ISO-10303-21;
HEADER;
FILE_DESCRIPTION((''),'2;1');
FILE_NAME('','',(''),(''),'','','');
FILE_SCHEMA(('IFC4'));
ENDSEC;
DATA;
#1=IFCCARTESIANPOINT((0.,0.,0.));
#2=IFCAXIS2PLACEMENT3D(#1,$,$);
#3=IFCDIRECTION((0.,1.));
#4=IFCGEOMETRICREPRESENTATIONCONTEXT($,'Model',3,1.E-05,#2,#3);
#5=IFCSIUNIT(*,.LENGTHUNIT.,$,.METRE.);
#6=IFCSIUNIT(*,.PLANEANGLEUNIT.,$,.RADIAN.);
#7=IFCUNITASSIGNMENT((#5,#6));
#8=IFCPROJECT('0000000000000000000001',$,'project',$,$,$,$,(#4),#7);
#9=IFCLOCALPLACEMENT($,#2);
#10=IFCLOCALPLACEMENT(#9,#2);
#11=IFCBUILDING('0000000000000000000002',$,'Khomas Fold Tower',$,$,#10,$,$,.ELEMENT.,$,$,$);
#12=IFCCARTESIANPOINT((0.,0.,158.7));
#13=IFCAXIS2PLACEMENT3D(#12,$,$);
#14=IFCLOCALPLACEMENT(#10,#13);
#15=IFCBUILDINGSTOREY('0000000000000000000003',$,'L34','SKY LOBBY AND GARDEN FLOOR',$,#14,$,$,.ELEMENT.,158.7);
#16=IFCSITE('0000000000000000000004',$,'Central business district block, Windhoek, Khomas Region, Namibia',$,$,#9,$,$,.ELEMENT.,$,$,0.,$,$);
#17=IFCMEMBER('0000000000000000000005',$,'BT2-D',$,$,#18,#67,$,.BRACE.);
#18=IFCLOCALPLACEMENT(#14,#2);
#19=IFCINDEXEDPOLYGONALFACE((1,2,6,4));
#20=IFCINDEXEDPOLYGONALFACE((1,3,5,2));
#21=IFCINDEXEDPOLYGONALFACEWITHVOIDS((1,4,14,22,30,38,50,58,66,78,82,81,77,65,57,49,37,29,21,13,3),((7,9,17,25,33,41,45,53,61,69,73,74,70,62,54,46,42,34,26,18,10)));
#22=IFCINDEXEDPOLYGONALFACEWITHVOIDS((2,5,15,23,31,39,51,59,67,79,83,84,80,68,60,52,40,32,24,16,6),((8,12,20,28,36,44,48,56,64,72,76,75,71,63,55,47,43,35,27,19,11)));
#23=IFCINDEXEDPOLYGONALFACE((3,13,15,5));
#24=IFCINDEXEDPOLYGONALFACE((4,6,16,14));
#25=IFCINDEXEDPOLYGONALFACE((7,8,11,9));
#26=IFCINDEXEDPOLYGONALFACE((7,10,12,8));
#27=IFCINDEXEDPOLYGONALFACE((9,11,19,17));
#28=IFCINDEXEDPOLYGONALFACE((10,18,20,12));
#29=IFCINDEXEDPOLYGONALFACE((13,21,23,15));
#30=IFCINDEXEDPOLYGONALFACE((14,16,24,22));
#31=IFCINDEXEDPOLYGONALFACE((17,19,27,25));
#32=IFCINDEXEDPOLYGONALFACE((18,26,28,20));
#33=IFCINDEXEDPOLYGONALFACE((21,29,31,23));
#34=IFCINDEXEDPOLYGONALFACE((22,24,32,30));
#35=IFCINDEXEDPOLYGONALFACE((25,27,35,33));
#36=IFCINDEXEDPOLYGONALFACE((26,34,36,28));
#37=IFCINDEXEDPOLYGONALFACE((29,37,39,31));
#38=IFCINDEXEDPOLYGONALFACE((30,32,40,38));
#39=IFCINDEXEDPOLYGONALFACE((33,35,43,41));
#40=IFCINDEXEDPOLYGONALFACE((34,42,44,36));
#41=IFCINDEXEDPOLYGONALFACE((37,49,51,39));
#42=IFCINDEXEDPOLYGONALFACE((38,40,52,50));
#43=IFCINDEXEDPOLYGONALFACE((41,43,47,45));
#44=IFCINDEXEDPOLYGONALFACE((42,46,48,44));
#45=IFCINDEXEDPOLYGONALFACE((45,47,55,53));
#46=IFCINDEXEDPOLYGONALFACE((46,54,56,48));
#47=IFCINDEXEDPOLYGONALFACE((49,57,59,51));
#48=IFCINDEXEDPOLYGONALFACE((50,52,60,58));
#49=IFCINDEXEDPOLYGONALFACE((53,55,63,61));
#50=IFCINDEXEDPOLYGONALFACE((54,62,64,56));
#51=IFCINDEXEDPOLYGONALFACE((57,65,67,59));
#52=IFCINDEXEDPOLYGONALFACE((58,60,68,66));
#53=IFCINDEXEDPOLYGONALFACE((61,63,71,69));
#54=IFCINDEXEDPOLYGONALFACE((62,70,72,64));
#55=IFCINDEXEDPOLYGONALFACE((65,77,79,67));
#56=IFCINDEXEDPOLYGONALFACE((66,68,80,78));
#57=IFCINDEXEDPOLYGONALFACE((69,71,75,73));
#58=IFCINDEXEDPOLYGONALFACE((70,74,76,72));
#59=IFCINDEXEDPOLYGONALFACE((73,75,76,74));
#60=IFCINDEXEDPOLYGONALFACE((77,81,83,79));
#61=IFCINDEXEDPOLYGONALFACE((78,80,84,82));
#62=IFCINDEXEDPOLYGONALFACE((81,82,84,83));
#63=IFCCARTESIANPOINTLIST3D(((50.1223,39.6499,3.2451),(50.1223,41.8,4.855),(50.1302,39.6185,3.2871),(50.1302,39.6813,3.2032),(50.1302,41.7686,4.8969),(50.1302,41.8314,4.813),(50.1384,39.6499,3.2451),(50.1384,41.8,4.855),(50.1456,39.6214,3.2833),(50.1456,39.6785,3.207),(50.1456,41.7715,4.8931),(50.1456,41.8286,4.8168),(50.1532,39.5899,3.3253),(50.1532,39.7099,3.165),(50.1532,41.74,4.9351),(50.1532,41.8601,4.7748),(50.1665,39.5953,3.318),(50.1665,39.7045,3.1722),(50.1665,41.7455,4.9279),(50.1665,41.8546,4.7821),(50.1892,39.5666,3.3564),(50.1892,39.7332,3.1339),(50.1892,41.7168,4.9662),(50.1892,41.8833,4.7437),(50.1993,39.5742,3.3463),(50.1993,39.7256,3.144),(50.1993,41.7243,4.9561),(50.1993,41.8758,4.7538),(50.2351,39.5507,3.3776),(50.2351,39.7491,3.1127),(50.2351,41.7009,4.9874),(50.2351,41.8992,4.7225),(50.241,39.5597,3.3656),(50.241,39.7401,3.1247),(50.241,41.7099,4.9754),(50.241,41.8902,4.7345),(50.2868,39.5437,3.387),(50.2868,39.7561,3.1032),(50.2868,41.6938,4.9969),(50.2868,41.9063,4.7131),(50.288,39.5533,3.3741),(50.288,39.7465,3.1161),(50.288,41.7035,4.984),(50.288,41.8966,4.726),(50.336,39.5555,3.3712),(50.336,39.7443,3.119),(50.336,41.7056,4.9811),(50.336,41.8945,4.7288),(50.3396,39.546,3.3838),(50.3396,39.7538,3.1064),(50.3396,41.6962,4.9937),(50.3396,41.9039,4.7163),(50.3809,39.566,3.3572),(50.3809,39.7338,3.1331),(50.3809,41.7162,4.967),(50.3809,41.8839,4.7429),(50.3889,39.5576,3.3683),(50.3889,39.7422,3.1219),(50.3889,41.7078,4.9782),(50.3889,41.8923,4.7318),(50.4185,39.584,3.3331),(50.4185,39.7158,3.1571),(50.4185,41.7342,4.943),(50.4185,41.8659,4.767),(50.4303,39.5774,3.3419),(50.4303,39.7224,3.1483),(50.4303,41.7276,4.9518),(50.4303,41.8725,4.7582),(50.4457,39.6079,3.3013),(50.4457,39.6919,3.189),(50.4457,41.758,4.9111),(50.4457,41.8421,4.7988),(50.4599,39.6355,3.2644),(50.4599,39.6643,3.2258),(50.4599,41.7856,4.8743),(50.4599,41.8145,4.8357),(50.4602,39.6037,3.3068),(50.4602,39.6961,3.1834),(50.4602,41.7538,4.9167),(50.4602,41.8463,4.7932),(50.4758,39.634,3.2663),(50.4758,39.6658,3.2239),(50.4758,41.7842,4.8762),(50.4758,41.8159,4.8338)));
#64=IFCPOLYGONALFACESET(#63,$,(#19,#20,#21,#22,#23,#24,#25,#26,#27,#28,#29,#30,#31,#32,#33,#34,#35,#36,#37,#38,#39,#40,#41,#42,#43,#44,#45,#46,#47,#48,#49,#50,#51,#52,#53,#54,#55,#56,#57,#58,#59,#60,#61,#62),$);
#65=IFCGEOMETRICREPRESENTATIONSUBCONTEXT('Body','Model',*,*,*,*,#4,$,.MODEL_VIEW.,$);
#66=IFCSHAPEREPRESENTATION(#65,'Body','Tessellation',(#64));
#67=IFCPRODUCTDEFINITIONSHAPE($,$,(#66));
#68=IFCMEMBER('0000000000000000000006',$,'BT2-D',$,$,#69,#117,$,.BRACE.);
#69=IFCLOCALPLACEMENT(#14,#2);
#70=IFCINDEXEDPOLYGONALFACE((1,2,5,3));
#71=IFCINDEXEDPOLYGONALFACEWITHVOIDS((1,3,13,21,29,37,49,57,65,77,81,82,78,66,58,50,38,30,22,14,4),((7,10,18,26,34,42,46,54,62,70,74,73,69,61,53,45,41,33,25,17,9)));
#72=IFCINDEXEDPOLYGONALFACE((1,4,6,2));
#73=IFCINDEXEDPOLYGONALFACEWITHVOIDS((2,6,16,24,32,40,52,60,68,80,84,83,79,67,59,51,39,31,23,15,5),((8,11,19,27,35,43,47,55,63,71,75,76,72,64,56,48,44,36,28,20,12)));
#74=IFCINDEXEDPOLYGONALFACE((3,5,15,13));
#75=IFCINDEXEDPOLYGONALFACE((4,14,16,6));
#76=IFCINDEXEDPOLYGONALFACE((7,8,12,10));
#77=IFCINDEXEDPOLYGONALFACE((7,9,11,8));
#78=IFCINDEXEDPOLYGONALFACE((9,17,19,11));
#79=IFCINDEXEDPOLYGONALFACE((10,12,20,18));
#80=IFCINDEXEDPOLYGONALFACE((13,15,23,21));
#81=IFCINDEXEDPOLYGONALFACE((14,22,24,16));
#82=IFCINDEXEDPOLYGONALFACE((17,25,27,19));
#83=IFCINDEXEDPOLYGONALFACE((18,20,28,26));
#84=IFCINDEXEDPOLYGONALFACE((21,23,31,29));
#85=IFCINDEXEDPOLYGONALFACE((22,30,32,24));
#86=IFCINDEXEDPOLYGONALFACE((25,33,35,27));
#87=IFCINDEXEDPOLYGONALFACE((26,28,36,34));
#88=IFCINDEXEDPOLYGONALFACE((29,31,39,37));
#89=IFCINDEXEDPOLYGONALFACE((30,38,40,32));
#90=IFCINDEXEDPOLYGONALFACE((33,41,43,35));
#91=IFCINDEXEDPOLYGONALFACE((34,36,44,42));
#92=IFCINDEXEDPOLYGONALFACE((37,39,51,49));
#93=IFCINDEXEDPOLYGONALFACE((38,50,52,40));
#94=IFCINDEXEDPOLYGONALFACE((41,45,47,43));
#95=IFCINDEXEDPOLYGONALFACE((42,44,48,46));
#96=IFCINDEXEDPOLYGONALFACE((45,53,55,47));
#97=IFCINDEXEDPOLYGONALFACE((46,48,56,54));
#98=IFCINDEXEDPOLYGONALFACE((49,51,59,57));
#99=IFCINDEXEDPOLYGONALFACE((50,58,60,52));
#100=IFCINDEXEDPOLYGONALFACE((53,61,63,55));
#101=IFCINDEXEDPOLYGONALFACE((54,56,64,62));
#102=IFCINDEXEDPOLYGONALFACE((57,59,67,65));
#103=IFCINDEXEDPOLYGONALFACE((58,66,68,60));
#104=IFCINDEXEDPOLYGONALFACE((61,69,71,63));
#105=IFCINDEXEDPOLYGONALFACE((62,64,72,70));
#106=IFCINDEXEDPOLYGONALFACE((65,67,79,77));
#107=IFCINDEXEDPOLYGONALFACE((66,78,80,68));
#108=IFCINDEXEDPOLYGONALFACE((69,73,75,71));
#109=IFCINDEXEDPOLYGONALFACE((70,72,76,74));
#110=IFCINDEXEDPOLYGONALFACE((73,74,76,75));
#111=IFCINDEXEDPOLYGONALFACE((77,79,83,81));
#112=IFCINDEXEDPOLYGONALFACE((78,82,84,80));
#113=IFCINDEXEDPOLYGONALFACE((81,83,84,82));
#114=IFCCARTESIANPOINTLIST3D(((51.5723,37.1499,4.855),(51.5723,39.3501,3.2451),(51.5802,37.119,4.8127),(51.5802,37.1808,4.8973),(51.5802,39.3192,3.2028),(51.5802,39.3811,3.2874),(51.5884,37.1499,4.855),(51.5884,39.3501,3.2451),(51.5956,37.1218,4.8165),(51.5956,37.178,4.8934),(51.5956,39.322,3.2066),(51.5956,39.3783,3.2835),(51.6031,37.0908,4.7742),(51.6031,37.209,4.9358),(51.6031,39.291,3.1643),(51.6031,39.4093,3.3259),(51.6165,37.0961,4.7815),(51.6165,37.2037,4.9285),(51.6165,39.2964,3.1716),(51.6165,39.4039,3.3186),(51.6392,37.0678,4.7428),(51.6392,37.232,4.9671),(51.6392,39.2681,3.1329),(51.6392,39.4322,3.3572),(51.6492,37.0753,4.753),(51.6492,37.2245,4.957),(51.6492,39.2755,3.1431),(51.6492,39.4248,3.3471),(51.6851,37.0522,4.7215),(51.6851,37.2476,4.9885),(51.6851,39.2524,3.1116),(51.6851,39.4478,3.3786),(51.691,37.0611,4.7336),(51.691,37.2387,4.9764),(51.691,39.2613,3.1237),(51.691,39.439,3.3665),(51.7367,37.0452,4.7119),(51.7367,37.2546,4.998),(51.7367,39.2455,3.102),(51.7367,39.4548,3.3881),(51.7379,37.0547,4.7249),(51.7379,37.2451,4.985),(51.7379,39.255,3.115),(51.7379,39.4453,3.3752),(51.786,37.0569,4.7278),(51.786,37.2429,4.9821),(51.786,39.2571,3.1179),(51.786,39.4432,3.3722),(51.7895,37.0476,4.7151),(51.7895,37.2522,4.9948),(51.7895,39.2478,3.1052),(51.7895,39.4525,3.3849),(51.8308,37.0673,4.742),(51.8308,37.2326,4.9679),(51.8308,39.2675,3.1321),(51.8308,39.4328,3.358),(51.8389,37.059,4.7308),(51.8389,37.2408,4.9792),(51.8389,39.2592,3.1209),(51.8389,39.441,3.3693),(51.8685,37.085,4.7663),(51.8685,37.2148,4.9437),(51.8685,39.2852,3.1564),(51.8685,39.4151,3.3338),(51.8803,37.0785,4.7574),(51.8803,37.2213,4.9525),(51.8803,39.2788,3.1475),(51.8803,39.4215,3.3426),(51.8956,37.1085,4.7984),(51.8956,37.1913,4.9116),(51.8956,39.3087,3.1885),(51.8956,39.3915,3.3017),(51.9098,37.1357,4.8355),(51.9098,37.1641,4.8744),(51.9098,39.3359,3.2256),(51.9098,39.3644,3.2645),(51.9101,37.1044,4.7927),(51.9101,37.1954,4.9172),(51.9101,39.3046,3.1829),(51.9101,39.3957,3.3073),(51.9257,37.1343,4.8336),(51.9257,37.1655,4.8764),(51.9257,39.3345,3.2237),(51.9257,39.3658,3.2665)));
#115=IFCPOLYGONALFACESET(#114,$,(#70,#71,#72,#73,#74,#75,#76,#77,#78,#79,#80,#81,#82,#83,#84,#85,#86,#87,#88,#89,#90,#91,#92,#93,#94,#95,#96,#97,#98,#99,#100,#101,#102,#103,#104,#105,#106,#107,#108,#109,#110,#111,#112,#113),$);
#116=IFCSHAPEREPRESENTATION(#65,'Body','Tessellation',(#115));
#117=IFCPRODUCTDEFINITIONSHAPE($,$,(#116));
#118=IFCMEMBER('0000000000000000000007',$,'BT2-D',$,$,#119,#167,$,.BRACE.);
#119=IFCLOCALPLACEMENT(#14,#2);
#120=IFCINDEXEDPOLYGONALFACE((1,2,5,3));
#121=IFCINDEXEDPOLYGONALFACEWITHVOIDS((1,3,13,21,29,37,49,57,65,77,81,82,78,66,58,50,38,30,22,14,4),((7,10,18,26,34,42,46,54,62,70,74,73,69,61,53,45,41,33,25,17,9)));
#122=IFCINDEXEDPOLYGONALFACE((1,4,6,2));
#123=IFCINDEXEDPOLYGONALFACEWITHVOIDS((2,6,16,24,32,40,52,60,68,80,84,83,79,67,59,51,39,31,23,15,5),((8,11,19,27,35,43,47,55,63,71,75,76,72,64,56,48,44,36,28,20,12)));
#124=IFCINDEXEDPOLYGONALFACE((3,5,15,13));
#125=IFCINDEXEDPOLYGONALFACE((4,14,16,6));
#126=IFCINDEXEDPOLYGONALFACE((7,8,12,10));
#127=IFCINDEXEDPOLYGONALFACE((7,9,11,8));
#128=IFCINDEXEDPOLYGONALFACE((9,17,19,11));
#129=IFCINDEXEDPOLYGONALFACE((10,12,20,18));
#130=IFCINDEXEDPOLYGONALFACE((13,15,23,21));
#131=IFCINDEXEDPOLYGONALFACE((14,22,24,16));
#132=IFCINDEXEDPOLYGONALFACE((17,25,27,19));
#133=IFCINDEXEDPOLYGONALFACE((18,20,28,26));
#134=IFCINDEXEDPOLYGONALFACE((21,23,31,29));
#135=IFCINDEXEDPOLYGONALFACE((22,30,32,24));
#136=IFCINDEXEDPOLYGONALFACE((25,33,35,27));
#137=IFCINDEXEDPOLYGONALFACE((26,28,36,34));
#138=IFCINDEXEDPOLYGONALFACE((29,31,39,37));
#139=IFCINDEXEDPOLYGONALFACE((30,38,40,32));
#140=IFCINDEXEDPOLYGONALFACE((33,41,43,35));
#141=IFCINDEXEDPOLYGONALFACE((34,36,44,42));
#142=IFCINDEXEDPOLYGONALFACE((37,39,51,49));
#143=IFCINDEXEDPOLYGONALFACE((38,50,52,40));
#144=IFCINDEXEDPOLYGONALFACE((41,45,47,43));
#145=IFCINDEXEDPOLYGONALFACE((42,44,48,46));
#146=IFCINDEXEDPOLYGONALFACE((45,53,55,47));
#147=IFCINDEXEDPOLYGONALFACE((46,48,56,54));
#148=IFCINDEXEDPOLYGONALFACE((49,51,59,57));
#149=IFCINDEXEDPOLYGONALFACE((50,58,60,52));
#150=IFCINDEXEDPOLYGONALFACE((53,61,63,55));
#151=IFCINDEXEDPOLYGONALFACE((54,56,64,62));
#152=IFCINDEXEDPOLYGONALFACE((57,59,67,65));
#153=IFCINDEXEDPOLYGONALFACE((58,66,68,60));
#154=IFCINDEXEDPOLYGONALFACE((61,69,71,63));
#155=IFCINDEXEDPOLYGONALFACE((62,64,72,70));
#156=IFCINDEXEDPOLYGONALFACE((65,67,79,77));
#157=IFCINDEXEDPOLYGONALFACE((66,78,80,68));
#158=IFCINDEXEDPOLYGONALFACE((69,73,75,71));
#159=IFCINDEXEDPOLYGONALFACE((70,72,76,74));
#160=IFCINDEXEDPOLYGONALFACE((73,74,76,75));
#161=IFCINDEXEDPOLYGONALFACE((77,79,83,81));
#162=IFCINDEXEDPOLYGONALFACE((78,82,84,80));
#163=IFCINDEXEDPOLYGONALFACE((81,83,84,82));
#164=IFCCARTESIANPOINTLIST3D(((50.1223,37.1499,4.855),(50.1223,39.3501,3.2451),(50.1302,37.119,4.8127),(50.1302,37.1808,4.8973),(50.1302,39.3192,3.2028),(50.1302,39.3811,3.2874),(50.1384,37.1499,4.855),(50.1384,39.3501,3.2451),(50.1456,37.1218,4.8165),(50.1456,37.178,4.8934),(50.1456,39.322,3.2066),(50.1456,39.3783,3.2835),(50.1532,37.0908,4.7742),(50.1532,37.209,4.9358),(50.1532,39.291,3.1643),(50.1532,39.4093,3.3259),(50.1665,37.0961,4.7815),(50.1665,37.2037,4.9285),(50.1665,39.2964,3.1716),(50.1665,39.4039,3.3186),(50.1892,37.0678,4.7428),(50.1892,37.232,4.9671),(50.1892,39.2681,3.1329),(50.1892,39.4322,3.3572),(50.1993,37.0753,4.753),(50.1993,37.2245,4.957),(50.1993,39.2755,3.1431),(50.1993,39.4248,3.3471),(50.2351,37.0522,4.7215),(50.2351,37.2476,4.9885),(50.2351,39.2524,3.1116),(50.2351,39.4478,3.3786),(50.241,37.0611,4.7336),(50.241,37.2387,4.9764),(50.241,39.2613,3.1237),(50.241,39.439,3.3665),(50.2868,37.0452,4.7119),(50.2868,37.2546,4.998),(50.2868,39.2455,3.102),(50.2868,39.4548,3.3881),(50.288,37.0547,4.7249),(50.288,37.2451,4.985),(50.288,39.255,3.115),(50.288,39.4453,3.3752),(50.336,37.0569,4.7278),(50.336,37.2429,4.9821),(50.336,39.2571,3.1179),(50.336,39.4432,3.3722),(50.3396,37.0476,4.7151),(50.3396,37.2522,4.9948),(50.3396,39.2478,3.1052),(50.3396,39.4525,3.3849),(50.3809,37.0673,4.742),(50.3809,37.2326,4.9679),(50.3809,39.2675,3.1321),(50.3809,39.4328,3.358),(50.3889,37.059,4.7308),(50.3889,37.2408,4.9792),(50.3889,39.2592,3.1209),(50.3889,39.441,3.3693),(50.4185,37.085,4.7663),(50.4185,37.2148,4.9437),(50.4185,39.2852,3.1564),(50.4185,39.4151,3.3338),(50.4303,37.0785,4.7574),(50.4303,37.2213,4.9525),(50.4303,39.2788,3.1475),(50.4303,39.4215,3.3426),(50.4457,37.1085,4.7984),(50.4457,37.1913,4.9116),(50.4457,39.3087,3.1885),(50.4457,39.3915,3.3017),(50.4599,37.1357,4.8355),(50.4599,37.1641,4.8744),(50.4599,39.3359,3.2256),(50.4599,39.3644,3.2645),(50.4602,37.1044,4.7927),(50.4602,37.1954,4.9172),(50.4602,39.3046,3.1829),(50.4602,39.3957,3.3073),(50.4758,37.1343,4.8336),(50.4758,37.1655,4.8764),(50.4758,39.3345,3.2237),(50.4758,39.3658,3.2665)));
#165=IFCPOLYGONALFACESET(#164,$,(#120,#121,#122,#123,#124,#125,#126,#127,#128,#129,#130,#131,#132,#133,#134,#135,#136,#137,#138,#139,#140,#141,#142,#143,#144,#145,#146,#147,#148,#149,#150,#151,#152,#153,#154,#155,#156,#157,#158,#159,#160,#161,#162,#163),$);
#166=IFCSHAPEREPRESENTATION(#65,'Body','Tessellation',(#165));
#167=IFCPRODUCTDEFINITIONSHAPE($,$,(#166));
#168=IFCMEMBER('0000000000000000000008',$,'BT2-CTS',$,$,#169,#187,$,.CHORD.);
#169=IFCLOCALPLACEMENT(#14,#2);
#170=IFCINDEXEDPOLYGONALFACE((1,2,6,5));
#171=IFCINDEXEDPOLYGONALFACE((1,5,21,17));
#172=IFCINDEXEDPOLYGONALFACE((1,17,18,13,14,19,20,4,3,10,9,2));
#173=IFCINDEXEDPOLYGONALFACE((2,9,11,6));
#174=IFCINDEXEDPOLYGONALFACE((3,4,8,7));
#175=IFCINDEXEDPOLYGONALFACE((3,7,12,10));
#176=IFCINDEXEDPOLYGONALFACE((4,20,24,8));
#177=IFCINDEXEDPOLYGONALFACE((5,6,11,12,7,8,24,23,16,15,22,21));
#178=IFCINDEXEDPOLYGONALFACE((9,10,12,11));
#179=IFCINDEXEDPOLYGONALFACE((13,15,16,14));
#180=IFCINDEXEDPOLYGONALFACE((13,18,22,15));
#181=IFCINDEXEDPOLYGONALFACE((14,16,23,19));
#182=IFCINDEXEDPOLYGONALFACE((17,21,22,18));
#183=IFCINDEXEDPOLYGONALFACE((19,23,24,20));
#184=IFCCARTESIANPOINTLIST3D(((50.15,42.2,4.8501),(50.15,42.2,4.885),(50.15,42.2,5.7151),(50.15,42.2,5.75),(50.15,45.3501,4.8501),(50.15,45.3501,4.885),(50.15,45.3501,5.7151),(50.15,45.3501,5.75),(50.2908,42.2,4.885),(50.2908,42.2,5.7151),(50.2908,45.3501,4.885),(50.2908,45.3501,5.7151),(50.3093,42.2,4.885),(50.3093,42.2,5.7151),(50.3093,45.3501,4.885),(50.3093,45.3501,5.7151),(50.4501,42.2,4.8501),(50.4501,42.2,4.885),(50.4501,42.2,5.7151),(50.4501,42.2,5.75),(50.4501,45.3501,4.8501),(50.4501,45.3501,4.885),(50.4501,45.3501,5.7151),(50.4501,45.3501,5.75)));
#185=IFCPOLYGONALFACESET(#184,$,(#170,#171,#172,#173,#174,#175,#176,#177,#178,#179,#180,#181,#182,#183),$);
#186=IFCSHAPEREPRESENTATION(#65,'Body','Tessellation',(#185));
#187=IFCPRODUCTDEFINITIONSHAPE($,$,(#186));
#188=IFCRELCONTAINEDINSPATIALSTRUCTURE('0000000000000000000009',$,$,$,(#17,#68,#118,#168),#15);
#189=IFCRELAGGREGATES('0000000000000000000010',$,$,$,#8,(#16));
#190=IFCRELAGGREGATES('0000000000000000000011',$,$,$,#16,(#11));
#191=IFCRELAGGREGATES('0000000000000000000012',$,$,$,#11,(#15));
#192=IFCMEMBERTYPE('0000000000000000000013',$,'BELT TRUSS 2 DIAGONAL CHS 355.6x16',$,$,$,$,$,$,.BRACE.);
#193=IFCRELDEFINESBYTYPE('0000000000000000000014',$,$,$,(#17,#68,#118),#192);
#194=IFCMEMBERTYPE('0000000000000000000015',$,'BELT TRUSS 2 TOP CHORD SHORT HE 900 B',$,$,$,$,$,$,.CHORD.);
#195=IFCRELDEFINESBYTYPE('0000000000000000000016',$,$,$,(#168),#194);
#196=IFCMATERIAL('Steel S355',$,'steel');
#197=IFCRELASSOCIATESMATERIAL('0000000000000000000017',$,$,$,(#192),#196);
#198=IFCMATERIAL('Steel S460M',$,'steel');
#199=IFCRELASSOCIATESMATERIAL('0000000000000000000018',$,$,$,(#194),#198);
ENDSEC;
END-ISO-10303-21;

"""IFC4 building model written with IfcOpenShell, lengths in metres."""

from ifc_helpers import new_model, si_unit, direction, frame, origin, origin_2d, place, context, subcontext, project, spatial, hollow_circle, i_section, extrude, source, transform, mapped, material, material_profile, profile_set, type_object, element, save


model = new_model("IFC4")

# Units and contexts
model_context = context("Model", 3, precision=1e-05, world=origin(), true_north=direction((0.0, 1.0)))
body_context = subcontext(model_context, "Body", "Model", "MODEL_VIEW")
ifc_project = project(units=[si_unit("LENGTHUNIT", "METRE"), si_unit("PLANEANGLEUNIT", "RADIAN")], contexts=[model_context])

# Site, building, storey
site_placement = place(None, origin())
site = spatial("IfcSite", under=ifc_project, at=site_placement, Name="Central business district block, Windhoek, Khomas Region, Namibia", CompositionType="ELEMENT", RefElevation=0.0)
building_placement = place(site_placement, origin())
building = spatial("IfcBuilding", under=site, at=building_placement, Name="Khomas Fold Tower", CompositionType="ELEMENT")
storey_placement = place(building_placement, frame((0.0, 0.0, 158.7)))
storey = spatial("IfcBuildingStorey", under=building, at=storey_placement, Name="L34", Description="SKY LOBBY AND GARDEN FLOOR", CompositionType="ELEMENT", Elevation=158.7)

# Members
ifc_material_1 = material(Name="Steel S355", Category="steel")
ifc_material_profile_1 = material_profile(ifc_material_1, hollow_circle(Radius=0.1777, WallThickness=0.0161, at=origin_2d()), Name="CHS 355.6x16")
ifc_profile_set_1 = profile_set([ifc_material_profile_1], Name="Steel S355")
member_type_1 = type_object("IfcMemberType", Name="BELT TRUSS 2 DIAGONAL CHS 355.6x16", PredefinedType="BRACE", material=ifc_profile_set_1)
shared_shape_1 = source(origin(), body_context, "Body", "SweptSolid", [
    extrude(hollow_circle(Radius=0.1777, WallThickness=0.0161, at=origin_2d()), origin(), (0.0, 0.0, 1.0), 2.686),
])
for number, where, z_axis, x_axis, name in (
    (1, (50.3, 39.6499, 3.2451), (0.0, 0.800491, 0.599345), (-1.0, 0.0, 0.0), "BT2-D"),
):
    element("IfcMember", number, at=place(storey_placement, frame(where, z_axis=z_axis, x_axis=x_axis)), inside=storey, type_object=member_type_1, Name=name, PredefinedType="BRACE", context=body_context, shape_type="MappedRepresentation", body=[
        mapped(shared_shape_1, transform((0.0, 0.0, 0.0))),
    ])
shared_shape_2 = source(origin(), body_context, "Body", "SweptSolid", [
    extrude(hollow_circle(Radius=0.1777, WallThickness=0.0161, at=origin_2d()), origin(), (0.0, 0.0, 1.0), 2.7263),
])
for number, where, z_axis, x_axis, name in (
    (2, (51.75, 37.1499, 4.855), (0.0, 0.807037, -0.590501), (-1.0, 0.0, 0.0), "BT2-D"),
    (3, (50.3, 37.1499, 4.855), (0.0, 0.807037, -0.590501), (-1.0, 0.0, 0.0), "BT2-D"),
):
    element("IfcMember", number, at=place(storey_placement, frame(where, z_axis=z_axis, x_axis=x_axis)), inside=storey, type_object=member_type_1, Name=name, PredefinedType="BRACE", context=body_context, shape_type="MappedRepresentation", body=[
        mapped(shared_shape_2, transform((0.0, 0.0, 0.0))),
    ])
ifc_material_2 = material(Name="Steel S460M", Category="steel")
ifc_material_profile_2 = material_profile(ifc_material_2, i_section(OverallWidth=0.3, OverallDepth=0.8999, WebThickness=0.0186, FlangeThickness=0.0349, at=origin_2d()), Name="HE 900 B")
ifc_profile_set_2 = profile_set([ifc_material_profile_2], Name="Steel S460M")
member_type_2 = type_object("IfcMemberType", Name="BELT TRUSS 2 TOP CHORD SHORT HE 900 B", PredefinedType="CHORD", material=ifc_profile_set_2)
shared_shape_3 = source(origin(), body_context, "Body", "SweptSolid", [
    extrude(i_section(OverallWidth=0.3, OverallDepth=0.8999, WebThickness=0.0186, FlangeThickness=0.0349, at=origin_2d()), origin(), (0.0, 0.0, 1.0), 3.1501),
])
member_1_placement = place(storey_placement, frame((50.3, 42.2, 5.3), z_axis=(0.0, 1.0, 0.0), x_axis=(-1.0, 0.0, 0.0)))
element("IfcMember", 4, at=member_1_placement, inside=storey, type_object=member_type_2, Name="BT2-CTS", PredefinedType="CHORD", context=body_context, shape_type="MappedRepresentation", body=[
    mapped(shared_shape_3, transform((0.0, 0.0, 0.0))),
])

save(model, "model.ifc")
